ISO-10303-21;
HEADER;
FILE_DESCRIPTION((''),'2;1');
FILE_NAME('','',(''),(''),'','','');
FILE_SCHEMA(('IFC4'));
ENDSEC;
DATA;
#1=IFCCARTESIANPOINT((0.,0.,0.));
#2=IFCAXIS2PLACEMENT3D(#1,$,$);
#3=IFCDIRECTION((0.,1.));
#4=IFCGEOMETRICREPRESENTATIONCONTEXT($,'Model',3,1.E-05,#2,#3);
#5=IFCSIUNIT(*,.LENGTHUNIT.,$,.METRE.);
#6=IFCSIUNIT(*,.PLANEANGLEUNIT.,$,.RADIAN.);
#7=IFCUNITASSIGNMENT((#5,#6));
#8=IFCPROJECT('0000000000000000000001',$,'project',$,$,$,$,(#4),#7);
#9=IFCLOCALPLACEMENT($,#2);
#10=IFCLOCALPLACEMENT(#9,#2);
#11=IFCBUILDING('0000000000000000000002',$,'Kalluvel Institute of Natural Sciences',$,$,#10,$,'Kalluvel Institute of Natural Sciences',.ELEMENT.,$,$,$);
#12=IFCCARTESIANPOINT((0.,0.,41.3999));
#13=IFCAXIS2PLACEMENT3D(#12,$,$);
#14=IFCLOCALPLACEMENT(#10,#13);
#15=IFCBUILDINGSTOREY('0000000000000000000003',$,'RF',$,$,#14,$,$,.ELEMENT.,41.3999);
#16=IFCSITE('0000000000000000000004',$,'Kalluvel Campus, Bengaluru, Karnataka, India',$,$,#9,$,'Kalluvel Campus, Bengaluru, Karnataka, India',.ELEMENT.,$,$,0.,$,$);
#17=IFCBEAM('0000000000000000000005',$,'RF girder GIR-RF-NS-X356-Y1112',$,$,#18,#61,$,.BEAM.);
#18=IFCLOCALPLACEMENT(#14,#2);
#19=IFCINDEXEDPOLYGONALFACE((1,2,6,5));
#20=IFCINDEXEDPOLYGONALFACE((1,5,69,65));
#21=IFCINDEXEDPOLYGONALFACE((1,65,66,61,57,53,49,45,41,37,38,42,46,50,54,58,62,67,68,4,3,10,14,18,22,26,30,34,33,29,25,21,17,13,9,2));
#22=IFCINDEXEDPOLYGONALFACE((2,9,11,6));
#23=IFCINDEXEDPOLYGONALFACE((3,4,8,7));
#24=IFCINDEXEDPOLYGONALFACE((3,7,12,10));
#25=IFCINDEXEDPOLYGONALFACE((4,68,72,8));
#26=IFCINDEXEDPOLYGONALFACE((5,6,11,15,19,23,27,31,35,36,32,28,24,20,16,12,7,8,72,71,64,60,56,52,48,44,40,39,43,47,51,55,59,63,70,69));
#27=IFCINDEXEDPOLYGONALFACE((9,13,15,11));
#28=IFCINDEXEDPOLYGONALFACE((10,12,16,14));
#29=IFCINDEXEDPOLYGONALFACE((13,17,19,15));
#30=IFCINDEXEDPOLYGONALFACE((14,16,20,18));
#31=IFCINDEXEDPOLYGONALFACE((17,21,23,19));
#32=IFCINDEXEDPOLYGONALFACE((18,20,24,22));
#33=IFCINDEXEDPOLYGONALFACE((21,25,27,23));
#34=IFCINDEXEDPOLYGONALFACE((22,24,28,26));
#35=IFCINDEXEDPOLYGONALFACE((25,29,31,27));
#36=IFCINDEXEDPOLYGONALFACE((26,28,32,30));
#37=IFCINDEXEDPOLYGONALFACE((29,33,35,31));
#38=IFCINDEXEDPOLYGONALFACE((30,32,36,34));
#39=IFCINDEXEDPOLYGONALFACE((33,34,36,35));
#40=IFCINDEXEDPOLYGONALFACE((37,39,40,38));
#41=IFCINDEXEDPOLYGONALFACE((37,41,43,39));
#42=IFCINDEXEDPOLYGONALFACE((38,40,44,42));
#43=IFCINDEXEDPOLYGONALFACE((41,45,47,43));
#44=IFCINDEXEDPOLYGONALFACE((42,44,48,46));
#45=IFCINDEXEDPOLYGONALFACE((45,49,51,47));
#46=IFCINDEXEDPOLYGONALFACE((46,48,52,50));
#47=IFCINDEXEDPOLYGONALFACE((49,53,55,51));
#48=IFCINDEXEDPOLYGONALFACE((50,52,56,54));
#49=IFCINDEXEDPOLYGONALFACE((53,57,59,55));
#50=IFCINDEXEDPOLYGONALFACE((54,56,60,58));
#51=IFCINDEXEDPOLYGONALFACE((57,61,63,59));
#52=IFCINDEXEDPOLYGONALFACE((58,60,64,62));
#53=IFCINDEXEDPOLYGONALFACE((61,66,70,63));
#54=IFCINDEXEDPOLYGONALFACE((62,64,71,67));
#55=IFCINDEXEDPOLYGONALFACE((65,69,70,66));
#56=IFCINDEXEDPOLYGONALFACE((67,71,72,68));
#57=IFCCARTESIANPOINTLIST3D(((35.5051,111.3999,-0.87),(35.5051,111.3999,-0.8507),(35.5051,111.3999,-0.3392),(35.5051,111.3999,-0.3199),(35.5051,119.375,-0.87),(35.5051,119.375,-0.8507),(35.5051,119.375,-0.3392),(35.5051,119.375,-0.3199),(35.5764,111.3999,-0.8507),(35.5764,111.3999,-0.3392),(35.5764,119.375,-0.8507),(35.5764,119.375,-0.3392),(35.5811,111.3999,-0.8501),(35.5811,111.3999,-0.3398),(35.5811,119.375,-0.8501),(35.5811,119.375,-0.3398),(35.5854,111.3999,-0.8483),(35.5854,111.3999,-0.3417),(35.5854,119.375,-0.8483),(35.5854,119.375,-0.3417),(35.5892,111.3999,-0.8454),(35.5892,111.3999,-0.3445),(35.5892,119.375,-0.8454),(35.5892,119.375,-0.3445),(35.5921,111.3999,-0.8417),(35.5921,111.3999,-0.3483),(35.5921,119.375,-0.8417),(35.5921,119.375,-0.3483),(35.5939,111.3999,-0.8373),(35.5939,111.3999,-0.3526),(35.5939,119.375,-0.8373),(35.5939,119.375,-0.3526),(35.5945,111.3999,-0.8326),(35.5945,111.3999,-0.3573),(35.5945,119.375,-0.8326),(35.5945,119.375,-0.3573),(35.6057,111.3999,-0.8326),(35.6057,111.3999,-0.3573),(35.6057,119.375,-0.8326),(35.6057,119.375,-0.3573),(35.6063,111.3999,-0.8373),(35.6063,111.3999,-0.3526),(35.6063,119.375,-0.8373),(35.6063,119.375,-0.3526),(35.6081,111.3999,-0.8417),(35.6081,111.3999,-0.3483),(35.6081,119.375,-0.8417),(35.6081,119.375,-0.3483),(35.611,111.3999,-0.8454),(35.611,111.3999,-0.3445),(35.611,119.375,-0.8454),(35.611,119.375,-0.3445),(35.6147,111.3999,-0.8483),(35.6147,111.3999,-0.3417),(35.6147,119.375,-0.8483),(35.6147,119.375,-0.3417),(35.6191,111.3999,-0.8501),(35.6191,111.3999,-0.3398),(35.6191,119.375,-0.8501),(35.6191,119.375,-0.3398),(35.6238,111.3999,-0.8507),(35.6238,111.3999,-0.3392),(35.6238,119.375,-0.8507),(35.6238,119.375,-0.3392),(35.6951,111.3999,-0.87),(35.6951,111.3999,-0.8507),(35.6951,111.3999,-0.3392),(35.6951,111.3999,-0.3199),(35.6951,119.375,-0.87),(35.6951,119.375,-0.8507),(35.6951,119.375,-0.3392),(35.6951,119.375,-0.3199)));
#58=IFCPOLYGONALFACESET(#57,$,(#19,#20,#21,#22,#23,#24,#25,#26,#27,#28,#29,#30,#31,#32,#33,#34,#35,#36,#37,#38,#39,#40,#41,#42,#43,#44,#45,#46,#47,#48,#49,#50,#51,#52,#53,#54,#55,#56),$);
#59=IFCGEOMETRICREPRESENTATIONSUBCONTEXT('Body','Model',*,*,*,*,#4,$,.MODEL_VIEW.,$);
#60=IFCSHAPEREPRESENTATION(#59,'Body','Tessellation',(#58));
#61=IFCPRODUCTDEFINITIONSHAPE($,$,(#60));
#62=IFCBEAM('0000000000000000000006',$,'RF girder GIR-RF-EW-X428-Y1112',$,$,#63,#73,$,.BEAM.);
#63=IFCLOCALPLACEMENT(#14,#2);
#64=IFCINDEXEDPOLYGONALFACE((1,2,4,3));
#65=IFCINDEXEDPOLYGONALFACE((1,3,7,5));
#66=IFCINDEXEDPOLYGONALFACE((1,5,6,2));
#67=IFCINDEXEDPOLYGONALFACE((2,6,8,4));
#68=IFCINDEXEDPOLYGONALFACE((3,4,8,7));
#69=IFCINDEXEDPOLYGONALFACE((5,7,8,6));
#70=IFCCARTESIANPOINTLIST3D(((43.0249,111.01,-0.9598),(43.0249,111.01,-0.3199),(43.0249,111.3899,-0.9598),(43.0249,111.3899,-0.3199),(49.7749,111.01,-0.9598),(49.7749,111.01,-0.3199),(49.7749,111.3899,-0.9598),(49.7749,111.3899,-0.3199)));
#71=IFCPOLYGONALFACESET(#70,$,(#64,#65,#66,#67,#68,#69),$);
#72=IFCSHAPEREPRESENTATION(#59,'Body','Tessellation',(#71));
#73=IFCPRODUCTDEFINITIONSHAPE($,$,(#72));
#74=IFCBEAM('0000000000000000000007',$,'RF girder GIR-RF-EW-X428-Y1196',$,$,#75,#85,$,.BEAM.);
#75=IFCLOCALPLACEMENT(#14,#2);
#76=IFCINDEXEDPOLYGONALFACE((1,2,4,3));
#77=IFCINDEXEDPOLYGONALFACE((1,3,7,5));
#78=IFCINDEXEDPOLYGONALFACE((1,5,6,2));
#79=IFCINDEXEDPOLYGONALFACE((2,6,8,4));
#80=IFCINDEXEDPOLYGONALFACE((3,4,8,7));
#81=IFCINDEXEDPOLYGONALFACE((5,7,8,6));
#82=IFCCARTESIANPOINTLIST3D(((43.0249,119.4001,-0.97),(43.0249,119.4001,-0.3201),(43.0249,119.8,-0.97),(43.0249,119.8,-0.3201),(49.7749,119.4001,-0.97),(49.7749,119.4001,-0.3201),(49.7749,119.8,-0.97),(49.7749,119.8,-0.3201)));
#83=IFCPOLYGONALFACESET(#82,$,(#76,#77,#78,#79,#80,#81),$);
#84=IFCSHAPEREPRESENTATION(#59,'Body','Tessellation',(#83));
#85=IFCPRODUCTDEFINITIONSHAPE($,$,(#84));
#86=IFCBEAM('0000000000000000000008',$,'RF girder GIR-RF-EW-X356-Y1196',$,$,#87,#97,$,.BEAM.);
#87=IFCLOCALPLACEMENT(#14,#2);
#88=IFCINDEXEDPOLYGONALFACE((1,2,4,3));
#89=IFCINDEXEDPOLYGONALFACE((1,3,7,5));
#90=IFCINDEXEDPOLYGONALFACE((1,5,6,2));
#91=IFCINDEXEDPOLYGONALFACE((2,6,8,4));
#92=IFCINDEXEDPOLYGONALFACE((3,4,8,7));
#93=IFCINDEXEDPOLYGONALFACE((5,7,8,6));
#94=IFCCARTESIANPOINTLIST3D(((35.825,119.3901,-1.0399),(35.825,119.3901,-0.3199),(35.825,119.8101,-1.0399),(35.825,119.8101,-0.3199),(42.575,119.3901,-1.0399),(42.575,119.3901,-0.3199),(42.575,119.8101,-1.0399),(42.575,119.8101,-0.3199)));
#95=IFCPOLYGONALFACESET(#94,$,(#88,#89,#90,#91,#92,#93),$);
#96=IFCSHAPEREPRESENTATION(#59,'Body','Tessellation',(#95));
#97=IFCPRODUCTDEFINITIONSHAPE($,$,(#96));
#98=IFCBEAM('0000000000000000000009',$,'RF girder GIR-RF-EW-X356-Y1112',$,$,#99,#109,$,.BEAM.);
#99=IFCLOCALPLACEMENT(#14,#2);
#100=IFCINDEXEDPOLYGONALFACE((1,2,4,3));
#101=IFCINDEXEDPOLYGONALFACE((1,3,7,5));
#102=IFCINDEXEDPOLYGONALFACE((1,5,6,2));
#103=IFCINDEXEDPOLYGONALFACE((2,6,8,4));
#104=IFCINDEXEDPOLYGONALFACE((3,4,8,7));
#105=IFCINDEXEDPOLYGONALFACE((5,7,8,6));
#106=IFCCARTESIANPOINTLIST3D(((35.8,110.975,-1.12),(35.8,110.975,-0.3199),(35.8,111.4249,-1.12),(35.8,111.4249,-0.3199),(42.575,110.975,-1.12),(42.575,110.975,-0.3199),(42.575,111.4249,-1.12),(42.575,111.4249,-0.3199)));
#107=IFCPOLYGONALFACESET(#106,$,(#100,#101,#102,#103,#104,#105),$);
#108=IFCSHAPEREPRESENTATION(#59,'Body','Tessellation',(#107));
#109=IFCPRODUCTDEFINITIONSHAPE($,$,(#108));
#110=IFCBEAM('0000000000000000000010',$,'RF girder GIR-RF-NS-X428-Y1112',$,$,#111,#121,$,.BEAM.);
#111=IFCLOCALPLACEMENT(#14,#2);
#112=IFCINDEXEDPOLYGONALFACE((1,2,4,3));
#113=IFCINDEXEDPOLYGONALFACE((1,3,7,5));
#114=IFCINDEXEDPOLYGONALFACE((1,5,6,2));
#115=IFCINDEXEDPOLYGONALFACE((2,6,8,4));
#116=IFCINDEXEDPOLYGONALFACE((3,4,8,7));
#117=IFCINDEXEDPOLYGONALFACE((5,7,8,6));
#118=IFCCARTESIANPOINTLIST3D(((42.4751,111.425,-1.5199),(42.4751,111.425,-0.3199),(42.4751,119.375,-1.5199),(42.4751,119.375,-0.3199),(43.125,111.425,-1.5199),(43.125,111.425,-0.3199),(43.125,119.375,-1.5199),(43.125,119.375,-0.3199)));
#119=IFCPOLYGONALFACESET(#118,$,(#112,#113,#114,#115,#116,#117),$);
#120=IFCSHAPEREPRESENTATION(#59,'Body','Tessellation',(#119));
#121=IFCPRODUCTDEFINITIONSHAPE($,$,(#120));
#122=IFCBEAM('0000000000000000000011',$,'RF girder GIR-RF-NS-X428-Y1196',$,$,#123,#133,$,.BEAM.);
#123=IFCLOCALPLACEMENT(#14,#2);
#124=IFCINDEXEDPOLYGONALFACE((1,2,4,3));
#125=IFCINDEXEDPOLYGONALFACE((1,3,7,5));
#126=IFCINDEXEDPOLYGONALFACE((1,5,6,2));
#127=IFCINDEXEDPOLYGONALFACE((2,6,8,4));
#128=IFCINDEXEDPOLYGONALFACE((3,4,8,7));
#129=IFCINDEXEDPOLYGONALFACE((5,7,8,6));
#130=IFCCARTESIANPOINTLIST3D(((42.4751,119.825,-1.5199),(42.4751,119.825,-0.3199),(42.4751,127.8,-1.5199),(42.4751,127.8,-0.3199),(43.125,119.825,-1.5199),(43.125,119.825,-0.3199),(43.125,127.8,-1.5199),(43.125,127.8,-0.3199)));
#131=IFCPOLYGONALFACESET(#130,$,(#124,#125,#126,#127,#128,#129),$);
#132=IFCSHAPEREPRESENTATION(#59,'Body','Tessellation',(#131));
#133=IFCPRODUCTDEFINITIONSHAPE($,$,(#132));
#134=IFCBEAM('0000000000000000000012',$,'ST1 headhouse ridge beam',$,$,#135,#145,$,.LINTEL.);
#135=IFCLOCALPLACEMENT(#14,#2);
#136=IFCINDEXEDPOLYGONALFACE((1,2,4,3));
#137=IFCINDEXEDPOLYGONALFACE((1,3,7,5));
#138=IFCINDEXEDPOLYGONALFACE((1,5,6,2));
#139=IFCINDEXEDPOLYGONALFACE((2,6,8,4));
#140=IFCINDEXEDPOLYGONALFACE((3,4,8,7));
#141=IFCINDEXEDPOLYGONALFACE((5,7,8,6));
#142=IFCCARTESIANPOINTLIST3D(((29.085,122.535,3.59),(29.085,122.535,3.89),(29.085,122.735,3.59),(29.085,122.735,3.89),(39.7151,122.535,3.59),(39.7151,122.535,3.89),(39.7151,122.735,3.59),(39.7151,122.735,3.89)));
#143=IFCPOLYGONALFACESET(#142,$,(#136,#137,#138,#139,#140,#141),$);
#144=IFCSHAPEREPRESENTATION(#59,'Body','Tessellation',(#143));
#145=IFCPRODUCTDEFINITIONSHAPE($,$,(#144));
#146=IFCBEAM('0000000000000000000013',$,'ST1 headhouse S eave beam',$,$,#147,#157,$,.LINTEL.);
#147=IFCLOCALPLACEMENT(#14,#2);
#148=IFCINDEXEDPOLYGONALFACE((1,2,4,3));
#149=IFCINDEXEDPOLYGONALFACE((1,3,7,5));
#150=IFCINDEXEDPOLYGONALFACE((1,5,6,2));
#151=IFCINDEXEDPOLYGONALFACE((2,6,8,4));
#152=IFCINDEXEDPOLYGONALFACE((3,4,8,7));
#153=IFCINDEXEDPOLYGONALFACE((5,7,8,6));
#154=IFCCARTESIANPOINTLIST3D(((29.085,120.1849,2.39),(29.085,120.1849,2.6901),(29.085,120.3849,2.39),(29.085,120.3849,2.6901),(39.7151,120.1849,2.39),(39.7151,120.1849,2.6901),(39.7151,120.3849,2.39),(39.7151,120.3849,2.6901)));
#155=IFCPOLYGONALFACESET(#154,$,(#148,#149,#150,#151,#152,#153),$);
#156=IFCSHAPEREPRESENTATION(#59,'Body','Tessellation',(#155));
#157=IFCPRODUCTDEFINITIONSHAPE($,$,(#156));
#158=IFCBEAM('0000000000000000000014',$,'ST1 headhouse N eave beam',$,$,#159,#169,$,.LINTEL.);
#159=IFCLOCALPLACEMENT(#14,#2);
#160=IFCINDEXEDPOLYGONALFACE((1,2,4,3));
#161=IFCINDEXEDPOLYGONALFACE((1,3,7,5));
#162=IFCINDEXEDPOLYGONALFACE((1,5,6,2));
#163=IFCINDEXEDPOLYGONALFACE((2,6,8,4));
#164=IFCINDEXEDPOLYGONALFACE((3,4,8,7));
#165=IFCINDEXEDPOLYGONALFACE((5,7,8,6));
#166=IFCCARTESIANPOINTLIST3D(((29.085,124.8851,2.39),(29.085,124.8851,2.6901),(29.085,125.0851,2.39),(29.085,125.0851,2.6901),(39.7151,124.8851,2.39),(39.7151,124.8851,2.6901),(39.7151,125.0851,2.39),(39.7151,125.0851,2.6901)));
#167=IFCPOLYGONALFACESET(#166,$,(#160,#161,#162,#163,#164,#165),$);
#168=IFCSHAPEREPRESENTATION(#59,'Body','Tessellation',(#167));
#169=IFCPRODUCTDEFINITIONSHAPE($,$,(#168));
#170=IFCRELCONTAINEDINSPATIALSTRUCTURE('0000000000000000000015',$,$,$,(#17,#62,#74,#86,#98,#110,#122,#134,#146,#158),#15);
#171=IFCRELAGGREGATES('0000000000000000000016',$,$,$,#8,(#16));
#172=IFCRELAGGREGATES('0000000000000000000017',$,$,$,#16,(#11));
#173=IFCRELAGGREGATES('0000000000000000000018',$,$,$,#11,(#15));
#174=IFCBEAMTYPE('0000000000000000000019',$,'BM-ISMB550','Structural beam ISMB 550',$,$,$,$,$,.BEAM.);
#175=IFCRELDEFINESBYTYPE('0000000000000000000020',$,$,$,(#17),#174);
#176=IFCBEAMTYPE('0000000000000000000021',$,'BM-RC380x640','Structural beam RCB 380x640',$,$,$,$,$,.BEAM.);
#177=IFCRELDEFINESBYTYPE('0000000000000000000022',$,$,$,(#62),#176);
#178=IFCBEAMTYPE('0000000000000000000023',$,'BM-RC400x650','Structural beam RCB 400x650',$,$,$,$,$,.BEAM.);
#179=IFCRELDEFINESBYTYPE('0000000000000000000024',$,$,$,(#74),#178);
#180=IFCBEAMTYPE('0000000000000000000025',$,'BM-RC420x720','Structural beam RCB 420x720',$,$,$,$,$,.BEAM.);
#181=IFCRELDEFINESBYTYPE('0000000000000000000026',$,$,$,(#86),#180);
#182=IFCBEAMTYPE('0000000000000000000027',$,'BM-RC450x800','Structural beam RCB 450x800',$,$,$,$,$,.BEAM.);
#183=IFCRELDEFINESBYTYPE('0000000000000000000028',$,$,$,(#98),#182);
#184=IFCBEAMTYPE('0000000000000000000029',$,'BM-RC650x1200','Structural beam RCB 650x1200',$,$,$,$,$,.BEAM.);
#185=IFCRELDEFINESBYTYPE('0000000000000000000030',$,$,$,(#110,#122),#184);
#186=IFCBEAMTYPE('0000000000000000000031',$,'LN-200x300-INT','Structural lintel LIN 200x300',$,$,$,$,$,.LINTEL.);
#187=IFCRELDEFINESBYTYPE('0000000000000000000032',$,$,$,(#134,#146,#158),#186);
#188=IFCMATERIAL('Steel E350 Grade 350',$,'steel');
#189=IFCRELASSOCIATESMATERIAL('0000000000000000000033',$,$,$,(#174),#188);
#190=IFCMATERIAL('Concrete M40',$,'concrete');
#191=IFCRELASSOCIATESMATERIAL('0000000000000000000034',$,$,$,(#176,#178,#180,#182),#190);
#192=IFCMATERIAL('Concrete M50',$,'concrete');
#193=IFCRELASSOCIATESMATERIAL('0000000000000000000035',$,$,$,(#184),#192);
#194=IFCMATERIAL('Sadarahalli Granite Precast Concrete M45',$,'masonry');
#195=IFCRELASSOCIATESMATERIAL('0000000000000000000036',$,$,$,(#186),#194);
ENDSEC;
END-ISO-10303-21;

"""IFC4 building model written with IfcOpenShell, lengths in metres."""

from ifc_helpers import new_model, si_unit, direction, frame, origin, origin_2d, place, context, subcontext, project, spatial, rectangle, i_section, extrude, material, material_profile, profile_set, type_object, element, save


model = new_model("IFC4")

# Units and contexts
model_context = context("Model", 3, precision=1e-05, world=origin(), true_north=direction((0.0, 1.0)))
body_context = subcontext(model_context, "Body", "Model", "MODEL_VIEW")
ifc_project = project(units=[si_unit("LENGTHUNIT", "METRE"), si_unit("PLANEANGLEUNIT", "RADIAN")], contexts=[model_context])

# Site, building, storey
site_placement = place(None, origin())
site = spatial("IfcSite", under=ifc_project, at=site_placement, Name="Kalluvel Campus, Bengaluru, Karnataka, India", LongName="Kalluvel Campus, Bengaluru, Karnataka, India", CompositionType="ELEMENT", RefElevation=0.0)
building_placement = place(site_placement, origin())
building = spatial("IfcBuilding", under=site, at=building_placement, Name="Kalluvel Institute of Natural Sciences", LongName="Kalluvel Institute of Natural Sciences", CompositionType="ELEMENT")
storey_placement = place(building_placement, frame((0.0, 0.0, 41.3999)))
storey = spatial("IfcBuildingStorey", under=building, at=storey_placement, Name="RF", CompositionType="ELEMENT", Elevation=41.3999)

# Beams
ifc_material_1 = material(Name="Steel E350 Grade 350", Category="steel")
ifc_material_profile_1 = material_profile(ifc_material_1, i_section(OverallWidth=0.1899, OverallDepth=0.55, WebThickness=0.0112, FlangeThickness=0.0193, FilletRadius=0.0181, at=origin_2d()), Name="ISMB 550")
ifc_profile_set_1 = profile_set([ifc_material_profile_1], Name="Steel E350 Grade 350")
beam_type_1 = type_object("IfcBeamType", Name="BM-ISMB550", Description="Structural beam ISMB 550", PredefinedType="BEAM", material=ifc_profile_set_1)
beam_1_placement = place(storey_placement, frame((35.6001, 111.3999, -0.595), z_axis=(0.0, 1.0, 0.0), x_axis=(-1.0, 0.0, 0.0)))
element("IfcBeam", 1, at=beam_1_placement, inside=storey, type_object=beam_type_1, Name="RF girder GIR-RF-NS-X356-Y1112", PredefinedType="BEAM", context=body_context, shape_type="SweptSolid", body=[
    extrude(i_section(OverallWidth=0.1899, OverallDepth=0.55, WebThickness=0.0112, FlangeThickness=0.0193, FilletRadius=0.0181, at=origin_2d()), origin(), (0.0, 0.0, 1.0), 7.9751),
])
ifc_material_2 = material(Name="Concrete M40", Category="concrete")
ifc_material_profile_2 = material_profile(ifc_material_2, rectangle(XDim=0.3799, YDim=0.6399, at=origin_2d()), Name="RCB 380x640")
ifc_profile_set_2 = profile_set([ifc_material_profile_2], Name="Concrete M40")
beam_type_2 = type_object("IfcBeamType", Name="BM-RC380x640", Description="Structural beam RCB 380x640", PredefinedType="BEAM", material=ifc_profile_set_2)
beam_2_placement = place(storey_placement, frame((43.0249, 111.2, -0.6399), z_axis=(1.0, 0.0, 0.0), x_axis=(0.0, 1.0, 0.0)))
element("IfcBeam", 2, at=beam_2_placement, inside=storey, type_object=beam_type_2, Name="RF girder GIR-RF-EW-X428-Y1112", PredefinedType="BEAM", context=body_context, shape_type="SweptSolid", body=[
    extrude(rectangle(XDim=0.3799, YDim=0.6399, at=origin_2d()), origin(), (0.0, 0.0, 1.0), 6.75),
])
ifc_material_profile_3 = material_profile(ifc_material_2, rectangle(XDim=0.3999, YDim=0.6499, at=origin_2d()), Name="RCB 400x650")
ifc_profile_set_3 = profile_set([ifc_material_profile_3], Name="Concrete M40")
beam_type_3 = type_object("IfcBeamType", Name="BM-RC400x650", Description="Structural beam RCB 400x650", PredefinedType="BEAM", material=ifc_profile_set_3)
beam_3_placement = place(storey_placement, frame((43.0249, 119.6001, -0.645), z_axis=(1.0, 0.0, 0.0), x_axis=(0.0, 1.0, 0.0)))
element("IfcBeam", 3, at=beam_3_placement, inside=storey, type_object=beam_type_3, Name="RF girder GIR-RF-EW-X428-Y1196", PredefinedType="BEAM", context=body_context, shape_type="SweptSolid", body=[
    extrude(rectangle(XDim=0.3999, YDim=0.6499, at=origin_2d()), origin(), (0.0, 0.0, 1.0), 6.75),
])
ifc_material_profile_4 = material_profile(ifc_material_2, rectangle(XDim=0.4199, YDim=0.72, at=origin_2d()), Name="RCB 420x720")
ifc_profile_set_4 = profile_set([ifc_material_profile_4], Name="Concrete M40")
beam_type_4 = type_object("IfcBeamType", Name="BM-RC420x720", Description="Structural beam RCB 420x720", PredefinedType="BEAM", material=ifc_profile_set_4)
beam_4_placement = place(storey_placement, frame((35.825, 119.6001, -0.6799), z_axis=(1.0, 0.0, 0.0), x_axis=(0.0, 1.0, 0.0)))
element("IfcBeam", 4, at=beam_4_placement, inside=storey, type_object=beam_type_4, Name="RF girder GIR-RF-EW-X356-Y1196", PredefinedType="BEAM", context=body_context, shape_type="SweptSolid", body=[
    extrude(rectangle(XDim=0.4199, YDim=0.72, at=origin_2d()), origin(), (0.0, 0.0, 1.0), 6.75),
])
ifc_material_profile_5 = material_profile(ifc_material_2, rectangle(XDim=0.45, YDim=0.8, at=origin_2d()), Name="RCB 450x800")
ifc_profile_set_5 = profile_set([ifc_material_profile_5], Name="Concrete M40")
beam_type_5 = type_object("IfcBeamType", Name="BM-RC450x800", Description="Structural beam RCB 450x800", PredefinedType="BEAM", material=ifc_profile_set_5)
beam_5_placement = place(storey_placement, frame((35.8, 111.2, -0.72), z_axis=(1.0, 0.0, 0.0), x_axis=(0.0, 1.0, 0.0)))
element("IfcBeam", 5, at=beam_5_placement, inside=storey, type_object=beam_type_5, Name="RF girder GIR-RF-EW-X356-Y1112", PredefinedType="BEAM", context=body_context, shape_type="SweptSolid", body=[
    extrude(rectangle(XDim=0.45, YDim=0.8, at=origin_2d()), origin(), (0.0, 0.0, 1.0), 6.7749),
])
ifc_material_3 = material(Name="Concrete M50", Category="concrete")
ifc_material_profile_6 = material_profile(ifc_material_3, rectangle(XDim=0.6499, YDim=1.2, at=origin_2d()), Name="RCB 650x1200")
ifc_profile_set_6 = profile_set([ifc_material_profile_6], Name="Concrete M50")
beam_type_6 = type_object("IfcBeamType", Name="BM-RC650x1200", Description="Structural beam RCB 650x1200", PredefinedType="BEAM", material=ifc_profile_set_6)
beam_6_placement = place(storey_placement, frame((42.8, 111.425, -0.9199), z_axis=(0.0, 1.0, 0.0), x_axis=(-1.0, 0.0, 0.0)))
element("IfcBeam", 6, at=beam_6_placement, inside=storey, type_object=beam_type_6, Name="RF girder GIR-RF-NS-X428-Y1112", PredefinedType="BEAM", context=body_context, shape_type="SweptSolid", body=[
    extrude(rectangle(XDim=0.6499, YDim=1.2, at=origin_2d()), origin(), (0.0, 0.0, 1.0), 7.95),
])
beam_7_placement = place(storey_placement, frame((42.8, 119.825, -0.9199), z_axis=(0.0, 1.0, 0.0), x_axis=(-1.0, 0.0, 0.0)))
element("IfcBeam", 7, at=beam_7_placement, inside=storey, type_object=beam_type_6, Name="RF girder GIR-RF-NS-X428-Y1196", PredefinedType="BEAM", context=body_context, shape_type="SweptSolid", body=[
    extrude(rectangle(XDim=0.6499, YDim=1.2, at=origin_2d()), origin(), (0.0, 0.0, 1.0), 7.9751),
])
ifc_material_4 = material(Name="Sadarahalli Granite Precast Concrete M45", Category="masonry")
ifc_material_profile_7 = material_profile(ifc_material_4, rectangle(XDim=0.2, YDim=0.3, at=origin_2d()), Name="LIN 200x300")
ifc_profile_set_7 = profile_set([ifc_material_profile_7], Name="Sadarahalli Granite Precast Concrete M45")
beam_type_7 = type_object("IfcBeamType", Name="LN-200x300-INT", Description="Structural lintel LIN 200x300", PredefinedType="LINTEL", material=ifc_profile_set_7)
for number, where, z_axis, x_axis, name in (
    (8, (29.085, 122.635, 3.74), (1.0, 0.0, 0.0), (0.0, 1.0, 0.0), "ST1 headhouse ridge beam"),
    (9, (29.085, 120.2849, 2.54), (1.0, 0.0, 0.0), (0.0, 1.0, 0.0), "ST1 headhouse S eave beam"),
    (10, (29.085, 124.9851, 2.54), (1.0, 0.0, 0.0), (0.0, 1.0, 0.0), "ST1 headhouse N eave beam"),
):
    element("IfcBeam", number, at=place(storey_placement, frame(where, z_axis=z_axis, x_axis=x_axis)), inside=storey, type_object=beam_type_7, Name=name, PredefinedType="LINTEL", context=body_context, shape_type="SweptSolid", body=[
        extrude(rectangle(XDim=0.2, YDim=0.3, at=origin_2d()), origin(), (0.0, 0.0, 1.0), 10.6301),
    ])

save(model, "model.ifc")
